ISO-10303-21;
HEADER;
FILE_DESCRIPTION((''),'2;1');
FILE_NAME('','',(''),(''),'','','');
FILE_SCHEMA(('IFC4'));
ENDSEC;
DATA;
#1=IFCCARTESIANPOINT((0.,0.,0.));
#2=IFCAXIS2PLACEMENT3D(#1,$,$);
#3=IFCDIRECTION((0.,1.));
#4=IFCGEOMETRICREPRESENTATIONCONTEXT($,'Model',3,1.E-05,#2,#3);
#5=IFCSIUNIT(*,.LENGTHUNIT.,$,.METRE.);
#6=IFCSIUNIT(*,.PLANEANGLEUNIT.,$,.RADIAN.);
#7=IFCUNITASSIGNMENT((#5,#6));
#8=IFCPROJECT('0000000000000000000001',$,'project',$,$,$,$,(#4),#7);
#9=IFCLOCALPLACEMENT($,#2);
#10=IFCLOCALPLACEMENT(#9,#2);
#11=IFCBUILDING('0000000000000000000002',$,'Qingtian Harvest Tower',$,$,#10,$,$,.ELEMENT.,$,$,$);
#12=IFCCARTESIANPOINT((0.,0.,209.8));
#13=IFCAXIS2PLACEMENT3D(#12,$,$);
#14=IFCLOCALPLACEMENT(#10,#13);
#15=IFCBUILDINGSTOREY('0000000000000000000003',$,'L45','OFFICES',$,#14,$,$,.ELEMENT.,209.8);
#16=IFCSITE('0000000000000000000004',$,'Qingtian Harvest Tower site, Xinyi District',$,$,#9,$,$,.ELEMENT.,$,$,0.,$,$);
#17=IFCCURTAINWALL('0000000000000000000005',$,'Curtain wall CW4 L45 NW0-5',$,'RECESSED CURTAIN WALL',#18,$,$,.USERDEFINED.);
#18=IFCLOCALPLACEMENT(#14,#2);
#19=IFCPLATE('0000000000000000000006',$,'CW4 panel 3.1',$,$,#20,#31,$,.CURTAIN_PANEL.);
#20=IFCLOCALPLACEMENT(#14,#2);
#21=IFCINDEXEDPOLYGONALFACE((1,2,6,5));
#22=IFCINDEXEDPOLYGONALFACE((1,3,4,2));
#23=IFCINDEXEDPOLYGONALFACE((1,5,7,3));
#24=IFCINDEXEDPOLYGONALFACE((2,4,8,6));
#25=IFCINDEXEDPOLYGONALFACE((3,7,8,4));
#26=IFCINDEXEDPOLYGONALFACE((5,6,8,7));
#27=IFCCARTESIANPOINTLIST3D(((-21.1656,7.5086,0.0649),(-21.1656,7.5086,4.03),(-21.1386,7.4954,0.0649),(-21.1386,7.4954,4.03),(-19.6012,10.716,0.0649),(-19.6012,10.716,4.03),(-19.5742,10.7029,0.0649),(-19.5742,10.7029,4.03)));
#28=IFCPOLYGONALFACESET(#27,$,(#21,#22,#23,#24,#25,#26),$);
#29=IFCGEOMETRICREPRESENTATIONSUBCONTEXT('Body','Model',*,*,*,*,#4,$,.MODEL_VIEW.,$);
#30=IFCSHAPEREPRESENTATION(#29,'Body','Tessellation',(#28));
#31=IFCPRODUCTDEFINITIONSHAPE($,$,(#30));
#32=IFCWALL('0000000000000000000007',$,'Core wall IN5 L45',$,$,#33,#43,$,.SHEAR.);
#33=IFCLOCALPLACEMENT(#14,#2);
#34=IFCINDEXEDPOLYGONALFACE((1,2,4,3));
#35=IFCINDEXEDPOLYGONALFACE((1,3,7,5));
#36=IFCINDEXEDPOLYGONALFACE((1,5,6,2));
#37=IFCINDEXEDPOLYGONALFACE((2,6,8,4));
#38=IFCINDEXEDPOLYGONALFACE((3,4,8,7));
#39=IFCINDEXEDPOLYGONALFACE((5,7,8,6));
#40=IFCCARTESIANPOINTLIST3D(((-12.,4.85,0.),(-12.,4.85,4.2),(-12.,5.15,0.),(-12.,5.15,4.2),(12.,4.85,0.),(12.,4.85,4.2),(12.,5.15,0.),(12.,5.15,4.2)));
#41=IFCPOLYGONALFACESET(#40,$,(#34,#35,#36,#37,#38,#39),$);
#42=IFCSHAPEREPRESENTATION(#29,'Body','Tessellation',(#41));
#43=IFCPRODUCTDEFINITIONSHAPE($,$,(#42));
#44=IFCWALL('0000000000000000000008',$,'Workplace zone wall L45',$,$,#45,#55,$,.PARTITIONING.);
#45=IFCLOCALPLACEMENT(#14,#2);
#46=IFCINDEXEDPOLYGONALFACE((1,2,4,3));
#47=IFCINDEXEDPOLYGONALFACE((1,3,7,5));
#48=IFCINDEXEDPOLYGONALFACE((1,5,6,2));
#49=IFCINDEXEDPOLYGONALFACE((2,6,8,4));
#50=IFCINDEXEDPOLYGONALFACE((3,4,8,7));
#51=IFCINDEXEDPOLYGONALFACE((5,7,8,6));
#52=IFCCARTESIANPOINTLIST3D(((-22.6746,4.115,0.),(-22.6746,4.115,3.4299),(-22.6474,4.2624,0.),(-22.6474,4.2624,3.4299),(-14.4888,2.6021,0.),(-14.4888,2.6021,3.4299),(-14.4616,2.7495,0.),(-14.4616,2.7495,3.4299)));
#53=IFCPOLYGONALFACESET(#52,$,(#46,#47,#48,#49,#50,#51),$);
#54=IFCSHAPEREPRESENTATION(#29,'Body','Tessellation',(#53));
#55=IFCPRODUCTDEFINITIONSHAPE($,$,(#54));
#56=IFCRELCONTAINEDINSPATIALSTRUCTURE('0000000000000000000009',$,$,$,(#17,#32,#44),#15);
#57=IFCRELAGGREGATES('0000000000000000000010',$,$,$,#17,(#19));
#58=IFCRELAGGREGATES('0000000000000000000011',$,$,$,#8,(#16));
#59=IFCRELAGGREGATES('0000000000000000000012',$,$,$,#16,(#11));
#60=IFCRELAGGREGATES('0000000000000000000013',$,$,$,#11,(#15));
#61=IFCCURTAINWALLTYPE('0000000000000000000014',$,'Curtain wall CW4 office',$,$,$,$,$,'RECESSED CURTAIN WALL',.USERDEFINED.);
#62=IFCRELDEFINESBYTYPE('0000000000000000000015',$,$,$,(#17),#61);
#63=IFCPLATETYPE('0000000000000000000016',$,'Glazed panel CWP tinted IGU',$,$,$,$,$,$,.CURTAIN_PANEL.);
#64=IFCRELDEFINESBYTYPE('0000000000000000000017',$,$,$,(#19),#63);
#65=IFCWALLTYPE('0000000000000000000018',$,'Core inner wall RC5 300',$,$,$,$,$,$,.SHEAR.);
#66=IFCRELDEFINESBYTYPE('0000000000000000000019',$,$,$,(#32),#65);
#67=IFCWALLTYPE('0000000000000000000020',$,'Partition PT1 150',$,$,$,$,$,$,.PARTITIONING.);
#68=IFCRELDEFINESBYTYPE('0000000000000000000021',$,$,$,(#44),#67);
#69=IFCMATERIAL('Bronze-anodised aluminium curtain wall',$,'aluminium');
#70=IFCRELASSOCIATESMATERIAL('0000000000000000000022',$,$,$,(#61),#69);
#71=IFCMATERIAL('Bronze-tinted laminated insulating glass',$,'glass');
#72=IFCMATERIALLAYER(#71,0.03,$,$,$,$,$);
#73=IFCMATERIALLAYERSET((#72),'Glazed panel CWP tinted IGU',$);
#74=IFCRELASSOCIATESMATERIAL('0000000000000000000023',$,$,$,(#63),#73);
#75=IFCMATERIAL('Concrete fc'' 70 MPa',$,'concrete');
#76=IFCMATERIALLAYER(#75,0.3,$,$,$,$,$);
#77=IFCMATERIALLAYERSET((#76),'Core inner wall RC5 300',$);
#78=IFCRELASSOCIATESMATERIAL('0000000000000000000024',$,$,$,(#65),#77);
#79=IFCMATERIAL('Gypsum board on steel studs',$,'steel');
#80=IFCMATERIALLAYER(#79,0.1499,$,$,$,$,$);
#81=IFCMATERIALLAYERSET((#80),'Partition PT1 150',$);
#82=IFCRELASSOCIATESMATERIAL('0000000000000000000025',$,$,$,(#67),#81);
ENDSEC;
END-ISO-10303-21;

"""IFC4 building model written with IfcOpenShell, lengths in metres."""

from ifc_helpers import new_model, si_unit, direction, frame, frame_2d, origin, origin_2d, place, context, subcontext, project, spatial, rectangle, extrude, material, layer, layer_set, type_object, element, aggregate, save


model = new_model("IFC4")

# Units and contexts
model_context = context("Model", 3, precision=1e-05, world=origin(), true_north=direction((0.0, 1.0)))
body_context = subcontext(model_context, "Body", "Model", "MODEL_VIEW")
ifc_project = project(units=[si_unit("LENGTHUNIT", "METRE"), si_unit("PLANEANGLEUNIT", "RADIAN")], contexts=[model_context])

# Site, building, storey
site_placement = place(None, origin())
site = spatial("IfcSite", under=ifc_project, at=site_placement, Name="Qingtian Harvest Tower site, Xinyi District", CompositionType="ELEMENT", RefElevation=0.0)
building_placement = place(site_placement, origin())
building = spatial("IfcBuilding", under=site, at=building_placement, Name="Qingtian Harvest Tower", CompositionType="ELEMENT")
storey_placement = place(building_placement, frame((0.0, 0.0, 209.8)))
storey = spatial("IfcBuildingStorey", under=building, at=storey_placement, Name="L45", Description="OFFICES", CompositionType="ELEMENT", Elevation=209.8)

# Curtain wall
ifc_material_1 = material(Name="Bronze-anodised aluminium curtain wall", Category="aluminium")
curtain_wall_type = type_object("IfcCurtainWallType", Name="Curtain wall CW4 office", ElementType="RECESSED CURTAIN WALL", PredefinedType="USERDEFINED", material=ifc_material_1)
curtain_wall_placement = place(storey_placement, origin())
curtain_wall = element("IfcCurtainWall", 1, at=curtain_wall_placement, inside=storey, type_object=curtain_wall_type, Name="Curtain wall CW4 L45 NW0-5", ObjectType="RECESSED CURTAIN WALL", PredefinedType="USERDEFINED")

# Plate
ifc_material_2 = material(Name="Bronze-tinted laminated insulating glass", Category="glass")
ifc_layer_1 = layer(ifc_material_2, 0.03)
ifc_layer_set_1 = layer_set([ifc_layer_1], Name="Glazed panel CWP tinted IGU")
plate_type = type_object("IfcPlateType", Name="Glazed panel CWP tinted IGU", PredefinedType="CURTAIN_PANEL", material=ifc_layer_set_1)
plate_1_placement = place(storey_placement, frame((-20.3699, 9.1057, 0.0649), z_axis=(0.0, 0.0, 1.0), x_axis=(0.438371, 0.898794, 0.0)))
plate_1 = element("IfcPlate", 2, at=plate_1_placement, type_object=plate_type, Name="CW4 panel 3.1", PredefinedType="CURTAIN_PANEL", context=body_context, shape_type="SweptSolid", body=[
    extrude(rectangle(XDim=3.5686, YDim=0.03, at=origin_2d()), origin(), (0.0, 0.0, 1.0), 3.9651),
])
aggregate(curtain_wall, [plate_1])

# Wall
ifc_material_3 = material(Name="Concrete fc' 70 MPa", Category="concrete")
ifc_layer_2 = layer(ifc_material_3, 0.3)
ifc_layer_set_2 = layer_set([ifc_layer_2], Name="Core inner wall RC5 300")
wall_type_1 = type_object("IfcWallType", Name="Core inner wall RC5 300", PredefinedType="SHEAR", material=ifc_layer_set_2)
wall_1_placement = place(storey_placement, frame((-12.0, 5.0, 0.0), z_axis=(0.0, 0.0, 1.0), x_axis=(1.0, 0.0, 0.0)))
element("IfcWall", 3, at=wall_1_placement, inside=storey, type_object=wall_type_1, Name="Core wall IN5 L45", PredefinedType="SHEAR", context=body_context, shape_type="SweptSolid", body=[
    extrude(rectangle(XDim=24.0, YDim=0.3, at=frame_2d((12.0, 0.0))), origin(), (0.0, 0.0, 1.0), 4.2),
])

# Wall
ifc_material_4 = material(Name="Gypsum board on steel studs", Category="steel")
ifc_layer_3 = layer(ifc_material_4, 0.1499)
ifc_layer_set_3 = layer_set([ifc_layer_3], Name="Partition PT1 150")
wall_type_2 = type_object("IfcWallType", Name="Partition PT1 150", PredefinedType="PARTITIONING", material=ifc_layer_set_3)
wall_2_placement = place(storey_placement, frame((-22.6609, 4.1887, 0.0), z_axis=(0.0, 0.0, 1.0), x_axis=(0.983345, -0.181747, 0.0)))
element("IfcWall", 4, at=wall_2_placement, inside=storey, type_object=wall_type_2, Name="Workplace zone wall L45", PredefinedType="PARTITIONING", context=body_context, shape_type="SweptSolid", body=[
    extrude(rectangle(XDim=8.3245, YDim=0.1499, at=frame_2d((4.1621, 0.0))), origin(), (0.0, 0.0, 1.0), 3.4299),
])

save(model, "model.ifc")
